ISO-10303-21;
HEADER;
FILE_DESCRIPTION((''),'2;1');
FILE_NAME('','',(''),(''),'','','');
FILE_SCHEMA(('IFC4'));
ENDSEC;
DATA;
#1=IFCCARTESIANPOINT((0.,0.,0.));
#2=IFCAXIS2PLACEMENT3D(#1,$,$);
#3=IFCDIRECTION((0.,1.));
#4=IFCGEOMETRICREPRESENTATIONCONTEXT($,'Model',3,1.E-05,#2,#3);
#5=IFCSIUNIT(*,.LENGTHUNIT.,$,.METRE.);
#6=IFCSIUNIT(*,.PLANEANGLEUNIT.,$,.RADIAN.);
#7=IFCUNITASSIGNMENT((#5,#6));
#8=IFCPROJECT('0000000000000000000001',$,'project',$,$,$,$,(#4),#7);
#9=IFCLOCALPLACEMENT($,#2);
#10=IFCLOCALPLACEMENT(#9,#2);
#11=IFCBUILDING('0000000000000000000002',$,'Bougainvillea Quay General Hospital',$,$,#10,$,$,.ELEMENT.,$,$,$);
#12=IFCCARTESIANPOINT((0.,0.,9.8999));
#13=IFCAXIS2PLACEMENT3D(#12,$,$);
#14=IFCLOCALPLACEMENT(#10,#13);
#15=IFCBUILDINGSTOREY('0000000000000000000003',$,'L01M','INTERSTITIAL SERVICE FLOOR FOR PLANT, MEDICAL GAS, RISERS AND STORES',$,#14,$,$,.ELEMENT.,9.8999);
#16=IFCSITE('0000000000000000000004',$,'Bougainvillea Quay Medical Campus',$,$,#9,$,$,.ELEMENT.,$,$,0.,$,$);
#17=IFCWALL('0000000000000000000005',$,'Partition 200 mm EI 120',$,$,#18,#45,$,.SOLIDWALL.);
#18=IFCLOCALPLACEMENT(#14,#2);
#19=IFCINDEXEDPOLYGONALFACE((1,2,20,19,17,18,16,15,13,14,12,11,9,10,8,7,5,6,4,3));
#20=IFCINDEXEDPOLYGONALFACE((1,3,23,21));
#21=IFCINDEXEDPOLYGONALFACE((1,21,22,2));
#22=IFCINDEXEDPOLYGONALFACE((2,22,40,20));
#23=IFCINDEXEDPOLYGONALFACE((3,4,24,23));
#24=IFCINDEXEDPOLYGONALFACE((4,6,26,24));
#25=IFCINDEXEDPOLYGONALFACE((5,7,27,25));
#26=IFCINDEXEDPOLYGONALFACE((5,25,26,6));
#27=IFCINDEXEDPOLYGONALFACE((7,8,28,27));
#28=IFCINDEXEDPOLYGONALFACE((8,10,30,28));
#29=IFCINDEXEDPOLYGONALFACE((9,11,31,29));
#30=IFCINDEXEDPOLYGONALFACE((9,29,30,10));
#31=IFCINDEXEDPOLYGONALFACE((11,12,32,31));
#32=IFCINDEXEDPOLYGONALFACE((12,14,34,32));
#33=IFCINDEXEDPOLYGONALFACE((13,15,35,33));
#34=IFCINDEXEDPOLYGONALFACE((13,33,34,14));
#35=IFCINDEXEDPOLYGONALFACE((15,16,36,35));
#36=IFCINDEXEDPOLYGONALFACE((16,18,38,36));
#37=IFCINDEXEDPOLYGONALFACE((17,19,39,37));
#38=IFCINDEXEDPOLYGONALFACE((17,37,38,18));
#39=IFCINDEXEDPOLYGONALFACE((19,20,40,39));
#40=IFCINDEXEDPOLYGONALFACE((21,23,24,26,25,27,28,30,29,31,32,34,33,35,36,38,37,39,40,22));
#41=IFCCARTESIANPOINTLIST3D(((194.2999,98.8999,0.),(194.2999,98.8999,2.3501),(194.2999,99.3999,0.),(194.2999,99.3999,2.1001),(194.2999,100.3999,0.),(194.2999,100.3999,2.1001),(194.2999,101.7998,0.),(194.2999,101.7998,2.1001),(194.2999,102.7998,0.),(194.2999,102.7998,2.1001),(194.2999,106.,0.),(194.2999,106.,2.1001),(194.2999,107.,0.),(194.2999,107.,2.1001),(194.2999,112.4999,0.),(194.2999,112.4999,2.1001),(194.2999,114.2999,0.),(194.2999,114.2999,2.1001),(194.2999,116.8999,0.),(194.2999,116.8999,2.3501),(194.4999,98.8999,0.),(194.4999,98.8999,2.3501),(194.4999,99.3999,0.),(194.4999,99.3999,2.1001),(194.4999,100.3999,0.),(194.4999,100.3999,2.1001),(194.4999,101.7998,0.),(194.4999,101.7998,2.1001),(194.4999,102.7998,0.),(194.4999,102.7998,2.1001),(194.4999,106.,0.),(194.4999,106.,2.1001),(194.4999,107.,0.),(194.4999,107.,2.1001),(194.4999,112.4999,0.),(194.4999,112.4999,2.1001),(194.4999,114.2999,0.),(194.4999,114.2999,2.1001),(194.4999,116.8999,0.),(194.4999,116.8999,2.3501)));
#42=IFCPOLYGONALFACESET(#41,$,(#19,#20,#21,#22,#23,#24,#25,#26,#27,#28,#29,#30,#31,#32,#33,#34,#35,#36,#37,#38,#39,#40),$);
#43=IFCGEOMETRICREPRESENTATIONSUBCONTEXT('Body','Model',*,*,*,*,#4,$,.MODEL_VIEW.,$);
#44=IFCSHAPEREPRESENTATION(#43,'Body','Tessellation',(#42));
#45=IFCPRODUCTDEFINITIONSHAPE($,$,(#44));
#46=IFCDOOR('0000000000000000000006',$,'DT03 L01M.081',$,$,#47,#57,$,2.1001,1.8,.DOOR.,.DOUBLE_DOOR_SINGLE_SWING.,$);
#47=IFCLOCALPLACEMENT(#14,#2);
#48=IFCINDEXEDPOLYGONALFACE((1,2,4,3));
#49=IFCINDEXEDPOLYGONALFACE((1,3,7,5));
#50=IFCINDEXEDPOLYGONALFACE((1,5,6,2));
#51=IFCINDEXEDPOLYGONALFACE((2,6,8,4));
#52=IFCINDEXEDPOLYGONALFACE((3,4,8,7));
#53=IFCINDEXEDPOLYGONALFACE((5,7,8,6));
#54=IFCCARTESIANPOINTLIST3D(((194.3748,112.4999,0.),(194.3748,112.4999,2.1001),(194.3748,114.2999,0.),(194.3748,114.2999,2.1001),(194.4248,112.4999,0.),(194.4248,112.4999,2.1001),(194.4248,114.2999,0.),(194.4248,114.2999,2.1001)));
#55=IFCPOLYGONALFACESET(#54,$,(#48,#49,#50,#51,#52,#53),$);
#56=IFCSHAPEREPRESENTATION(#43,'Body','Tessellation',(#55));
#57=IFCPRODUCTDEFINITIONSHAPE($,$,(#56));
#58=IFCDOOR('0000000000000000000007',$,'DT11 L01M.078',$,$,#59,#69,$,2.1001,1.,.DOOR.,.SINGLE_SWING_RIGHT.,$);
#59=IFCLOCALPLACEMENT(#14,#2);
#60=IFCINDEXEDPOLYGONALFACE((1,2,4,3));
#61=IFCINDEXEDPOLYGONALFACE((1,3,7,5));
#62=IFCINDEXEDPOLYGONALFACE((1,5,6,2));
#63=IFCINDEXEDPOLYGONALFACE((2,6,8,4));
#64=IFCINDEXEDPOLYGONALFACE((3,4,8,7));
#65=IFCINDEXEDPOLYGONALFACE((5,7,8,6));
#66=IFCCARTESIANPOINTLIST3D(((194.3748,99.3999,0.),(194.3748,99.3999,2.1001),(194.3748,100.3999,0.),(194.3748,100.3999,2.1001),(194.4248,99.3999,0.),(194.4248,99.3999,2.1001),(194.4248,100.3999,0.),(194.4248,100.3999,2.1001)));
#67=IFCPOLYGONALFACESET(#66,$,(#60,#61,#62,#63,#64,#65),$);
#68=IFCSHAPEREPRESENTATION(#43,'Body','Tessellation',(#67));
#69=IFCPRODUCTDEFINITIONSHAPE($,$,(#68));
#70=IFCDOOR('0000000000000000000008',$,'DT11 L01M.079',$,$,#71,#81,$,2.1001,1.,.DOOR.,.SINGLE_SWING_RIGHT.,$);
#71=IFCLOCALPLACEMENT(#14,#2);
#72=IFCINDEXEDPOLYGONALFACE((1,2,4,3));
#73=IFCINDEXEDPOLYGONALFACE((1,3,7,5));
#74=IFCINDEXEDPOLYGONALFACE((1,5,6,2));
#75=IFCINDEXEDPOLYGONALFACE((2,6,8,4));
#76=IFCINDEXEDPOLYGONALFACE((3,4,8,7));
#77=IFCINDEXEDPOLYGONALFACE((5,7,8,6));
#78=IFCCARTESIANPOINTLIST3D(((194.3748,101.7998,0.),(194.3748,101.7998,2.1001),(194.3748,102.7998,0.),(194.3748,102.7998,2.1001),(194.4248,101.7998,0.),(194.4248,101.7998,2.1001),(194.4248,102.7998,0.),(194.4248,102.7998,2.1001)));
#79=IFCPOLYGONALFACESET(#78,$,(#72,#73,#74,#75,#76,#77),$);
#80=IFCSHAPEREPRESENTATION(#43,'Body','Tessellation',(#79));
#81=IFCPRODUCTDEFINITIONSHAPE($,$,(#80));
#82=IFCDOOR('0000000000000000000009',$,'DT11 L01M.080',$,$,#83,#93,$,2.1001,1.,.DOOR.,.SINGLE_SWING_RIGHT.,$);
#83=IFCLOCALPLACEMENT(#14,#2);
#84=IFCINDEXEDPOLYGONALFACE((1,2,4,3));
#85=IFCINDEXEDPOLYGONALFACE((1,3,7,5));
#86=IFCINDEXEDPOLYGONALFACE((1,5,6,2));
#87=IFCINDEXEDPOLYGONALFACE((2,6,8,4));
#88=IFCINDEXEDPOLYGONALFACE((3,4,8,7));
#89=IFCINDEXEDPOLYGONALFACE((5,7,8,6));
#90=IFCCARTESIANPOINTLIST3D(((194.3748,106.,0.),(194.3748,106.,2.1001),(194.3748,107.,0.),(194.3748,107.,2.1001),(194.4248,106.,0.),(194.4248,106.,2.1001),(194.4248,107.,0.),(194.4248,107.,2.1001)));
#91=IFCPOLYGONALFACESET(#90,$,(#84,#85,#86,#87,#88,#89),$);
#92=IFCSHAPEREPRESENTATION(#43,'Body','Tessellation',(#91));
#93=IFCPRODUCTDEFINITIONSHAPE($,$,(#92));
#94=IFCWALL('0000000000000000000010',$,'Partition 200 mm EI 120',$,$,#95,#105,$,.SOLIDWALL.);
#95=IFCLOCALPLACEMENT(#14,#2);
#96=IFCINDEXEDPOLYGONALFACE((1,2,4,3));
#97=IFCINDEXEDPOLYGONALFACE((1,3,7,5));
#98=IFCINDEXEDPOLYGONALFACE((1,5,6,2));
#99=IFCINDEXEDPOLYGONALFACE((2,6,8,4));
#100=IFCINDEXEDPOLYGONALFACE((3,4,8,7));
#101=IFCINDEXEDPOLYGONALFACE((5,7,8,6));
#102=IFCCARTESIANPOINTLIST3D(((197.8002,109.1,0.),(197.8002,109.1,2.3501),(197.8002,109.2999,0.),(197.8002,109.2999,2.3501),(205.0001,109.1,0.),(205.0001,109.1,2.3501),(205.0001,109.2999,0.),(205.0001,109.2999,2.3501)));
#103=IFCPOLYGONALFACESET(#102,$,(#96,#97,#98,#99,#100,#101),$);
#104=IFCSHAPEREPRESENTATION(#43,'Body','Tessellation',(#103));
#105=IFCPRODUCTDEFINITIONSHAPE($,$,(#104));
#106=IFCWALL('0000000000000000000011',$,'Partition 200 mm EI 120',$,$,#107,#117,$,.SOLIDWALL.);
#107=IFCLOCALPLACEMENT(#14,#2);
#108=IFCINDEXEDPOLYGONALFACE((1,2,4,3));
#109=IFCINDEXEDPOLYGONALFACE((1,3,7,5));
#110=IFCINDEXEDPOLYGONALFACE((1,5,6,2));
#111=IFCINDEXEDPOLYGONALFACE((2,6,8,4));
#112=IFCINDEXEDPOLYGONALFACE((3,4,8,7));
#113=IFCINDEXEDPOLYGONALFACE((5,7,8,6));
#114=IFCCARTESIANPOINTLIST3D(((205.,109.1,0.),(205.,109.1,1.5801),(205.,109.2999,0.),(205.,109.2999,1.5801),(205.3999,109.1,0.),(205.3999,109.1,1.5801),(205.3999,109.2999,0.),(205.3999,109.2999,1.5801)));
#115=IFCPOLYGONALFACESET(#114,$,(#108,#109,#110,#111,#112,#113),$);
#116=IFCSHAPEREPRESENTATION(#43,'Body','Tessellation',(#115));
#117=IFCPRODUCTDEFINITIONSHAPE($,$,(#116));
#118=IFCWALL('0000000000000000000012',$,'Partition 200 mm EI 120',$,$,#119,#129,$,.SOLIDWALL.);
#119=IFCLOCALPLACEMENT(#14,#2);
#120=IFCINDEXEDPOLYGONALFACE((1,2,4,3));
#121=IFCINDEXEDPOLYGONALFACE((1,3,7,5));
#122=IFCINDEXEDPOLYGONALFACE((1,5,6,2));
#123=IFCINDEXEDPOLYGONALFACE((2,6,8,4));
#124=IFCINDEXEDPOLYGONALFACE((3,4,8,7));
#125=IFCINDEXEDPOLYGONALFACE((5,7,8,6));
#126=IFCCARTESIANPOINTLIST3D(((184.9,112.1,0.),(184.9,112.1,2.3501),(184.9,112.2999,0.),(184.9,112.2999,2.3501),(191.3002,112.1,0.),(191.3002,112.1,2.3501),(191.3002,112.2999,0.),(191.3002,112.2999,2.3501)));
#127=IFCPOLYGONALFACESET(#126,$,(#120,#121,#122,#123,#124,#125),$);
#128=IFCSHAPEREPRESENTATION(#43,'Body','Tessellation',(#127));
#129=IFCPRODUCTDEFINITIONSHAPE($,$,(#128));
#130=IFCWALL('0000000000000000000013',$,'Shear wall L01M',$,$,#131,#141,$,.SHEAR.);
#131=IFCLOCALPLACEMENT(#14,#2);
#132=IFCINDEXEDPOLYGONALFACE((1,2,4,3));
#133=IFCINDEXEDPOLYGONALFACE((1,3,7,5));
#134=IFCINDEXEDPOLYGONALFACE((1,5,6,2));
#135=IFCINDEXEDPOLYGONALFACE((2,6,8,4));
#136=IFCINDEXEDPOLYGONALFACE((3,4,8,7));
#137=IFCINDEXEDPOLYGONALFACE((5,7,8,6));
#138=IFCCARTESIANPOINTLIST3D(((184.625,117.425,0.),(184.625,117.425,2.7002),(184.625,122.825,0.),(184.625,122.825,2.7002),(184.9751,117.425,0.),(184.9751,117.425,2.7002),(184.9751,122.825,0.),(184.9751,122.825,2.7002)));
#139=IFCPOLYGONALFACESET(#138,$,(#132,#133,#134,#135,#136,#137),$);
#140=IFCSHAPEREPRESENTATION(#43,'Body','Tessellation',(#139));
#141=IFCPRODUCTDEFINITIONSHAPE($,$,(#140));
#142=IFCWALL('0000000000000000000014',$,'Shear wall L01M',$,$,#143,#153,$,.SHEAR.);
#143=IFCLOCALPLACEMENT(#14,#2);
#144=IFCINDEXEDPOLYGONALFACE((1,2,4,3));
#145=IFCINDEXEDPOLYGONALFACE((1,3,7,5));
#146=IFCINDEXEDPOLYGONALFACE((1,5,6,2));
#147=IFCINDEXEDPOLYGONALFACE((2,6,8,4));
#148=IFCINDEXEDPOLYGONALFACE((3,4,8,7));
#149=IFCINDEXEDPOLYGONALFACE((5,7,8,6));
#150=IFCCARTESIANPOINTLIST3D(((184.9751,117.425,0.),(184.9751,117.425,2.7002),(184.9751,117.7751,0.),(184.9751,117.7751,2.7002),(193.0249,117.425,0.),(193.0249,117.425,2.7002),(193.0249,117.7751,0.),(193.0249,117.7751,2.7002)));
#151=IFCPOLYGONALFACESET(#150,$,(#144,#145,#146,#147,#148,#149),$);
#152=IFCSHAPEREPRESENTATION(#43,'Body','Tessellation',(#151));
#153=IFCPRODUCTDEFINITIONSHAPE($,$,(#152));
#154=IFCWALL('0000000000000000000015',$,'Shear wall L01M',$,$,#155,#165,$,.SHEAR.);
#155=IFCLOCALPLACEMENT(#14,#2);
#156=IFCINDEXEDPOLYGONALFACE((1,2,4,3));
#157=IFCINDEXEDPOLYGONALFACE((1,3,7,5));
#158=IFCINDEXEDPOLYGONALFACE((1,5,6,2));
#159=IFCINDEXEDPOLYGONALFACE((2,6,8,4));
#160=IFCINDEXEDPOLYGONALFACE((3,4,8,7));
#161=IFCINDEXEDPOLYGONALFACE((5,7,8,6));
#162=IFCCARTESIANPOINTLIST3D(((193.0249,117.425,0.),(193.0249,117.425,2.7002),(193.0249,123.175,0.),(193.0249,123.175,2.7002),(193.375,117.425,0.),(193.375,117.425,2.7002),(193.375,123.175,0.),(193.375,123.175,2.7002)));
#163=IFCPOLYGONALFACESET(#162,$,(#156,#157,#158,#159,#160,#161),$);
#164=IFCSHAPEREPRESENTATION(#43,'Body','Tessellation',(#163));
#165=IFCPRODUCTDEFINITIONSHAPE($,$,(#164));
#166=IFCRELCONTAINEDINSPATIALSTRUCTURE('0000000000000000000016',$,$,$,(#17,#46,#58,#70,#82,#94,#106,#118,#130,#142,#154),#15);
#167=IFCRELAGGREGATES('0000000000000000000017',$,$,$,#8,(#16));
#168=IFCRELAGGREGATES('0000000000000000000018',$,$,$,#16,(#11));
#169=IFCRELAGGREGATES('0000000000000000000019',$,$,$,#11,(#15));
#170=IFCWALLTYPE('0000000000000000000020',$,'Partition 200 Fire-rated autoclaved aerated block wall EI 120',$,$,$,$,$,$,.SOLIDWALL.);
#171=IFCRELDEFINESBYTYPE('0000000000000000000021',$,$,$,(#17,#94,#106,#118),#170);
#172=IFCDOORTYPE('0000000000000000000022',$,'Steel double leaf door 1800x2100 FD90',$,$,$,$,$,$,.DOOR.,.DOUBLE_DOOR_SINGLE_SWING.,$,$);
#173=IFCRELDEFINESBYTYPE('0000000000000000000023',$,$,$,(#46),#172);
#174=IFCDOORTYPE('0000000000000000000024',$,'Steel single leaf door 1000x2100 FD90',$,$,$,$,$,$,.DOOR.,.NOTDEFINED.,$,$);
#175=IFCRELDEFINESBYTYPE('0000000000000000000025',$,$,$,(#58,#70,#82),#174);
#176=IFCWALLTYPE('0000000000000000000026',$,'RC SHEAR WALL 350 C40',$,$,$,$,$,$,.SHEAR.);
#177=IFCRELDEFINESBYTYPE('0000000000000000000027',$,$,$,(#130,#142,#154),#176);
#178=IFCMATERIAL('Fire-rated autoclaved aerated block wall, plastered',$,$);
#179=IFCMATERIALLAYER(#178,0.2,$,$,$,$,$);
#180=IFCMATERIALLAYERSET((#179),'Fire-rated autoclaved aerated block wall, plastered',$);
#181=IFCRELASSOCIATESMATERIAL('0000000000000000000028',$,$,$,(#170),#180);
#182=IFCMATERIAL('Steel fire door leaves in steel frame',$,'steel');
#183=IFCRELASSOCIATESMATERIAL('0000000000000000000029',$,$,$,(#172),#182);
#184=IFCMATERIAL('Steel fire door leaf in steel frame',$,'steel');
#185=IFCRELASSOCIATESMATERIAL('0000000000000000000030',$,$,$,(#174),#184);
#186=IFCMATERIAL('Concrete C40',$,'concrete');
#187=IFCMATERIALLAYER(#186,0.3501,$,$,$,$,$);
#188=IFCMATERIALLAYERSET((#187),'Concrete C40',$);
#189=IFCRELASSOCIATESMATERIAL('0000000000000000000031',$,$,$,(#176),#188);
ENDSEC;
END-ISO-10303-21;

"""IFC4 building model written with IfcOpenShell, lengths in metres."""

from ifc_helpers import new_model, si_unit, direction, frame, frame_2d, origin, place, context, subcontext, project, spatial, rectangle, extrude, material, layer, layer_set, type_object, element, fill, save


model = new_model("IFC4")

# Units and contexts
model_context = context("Model", 3, precision=1e-05, world=origin(), true_north=direction((0.0, 1.0)))
body_context = subcontext(model_context, "Body", "Model", "MODEL_VIEW")
ifc_project = project(units=[si_unit("LENGTHUNIT", "METRE"), si_unit("PLANEANGLEUNIT", "RADIAN")], contexts=[model_context])

# Site, building, storey
site_placement = place(None, origin())
site = spatial("IfcSite", under=ifc_project, at=site_placement, Name="Bougainvillea Quay Medical Campus", CompositionType="ELEMENT", RefElevation=0.0)
building_placement = place(site_placement, origin())
building = spatial("IfcBuilding", under=site, at=building_placement, Name="Bougainvillea Quay General Hospital", CompositionType="ELEMENT")
storey_placement = place(building_placement, frame((0.0, 0.0, 9.8999)))
storey = spatial("IfcBuildingStorey", under=building, at=storey_placement, Name="L01M", Description="INTERSTITIAL SERVICE FLOOR FOR PLANT, MEDICAL GAS, RISERS AND STORES", CompositionType="ELEMENT", Elevation=9.8999)

# Shared definitions
ifc_material_1 = material(Name="Concrete C40", Category="concrete")

# Shared definitions
ifc_material_2 = material(Name="Fire-rated autoclaved aerated block wall, plastered")
ifc_layer_1 = layer(ifc_material_2, 0.2)
ifc_layer_set_1 = layer_set([ifc_layer_1], Name="Fire-rated autoclaved aerated block wall, plastered")
wall_type_1 = type_object("IfcWallType", Name="Partition 200 Fire-rated autoclaved aerated block wall EI 120", PredefinedType="SOLIDWALL", material=ifc_layer_set_1)

# Wall, openings, doors
wall_1_placement = place(storey_placement, frame((194.3999, 116.8999, 0.0), z_axis=(0.0, 0.0, 1.0), x_axis=(0.0, -1.0, 0.0)))
wall_1 = element("IfcWall", 1, at=wall_1_placement, inside=storey, type_object=wall_type_1, Name="Partition 200 mm EI 120", PredefinedType="SOLIDWALL", context=body_context, shape_type="SweptSolid", body=[
    extrude(rectangle(XDim=18.0, YDim=0.2, at=frame_2d((9.0, 0.0))), origin(), (0.0, 0.0, 1.0), 2.3501),
])
opening_1_placement = place(wall_1_placement, frame((16.5, 0.0, 0.0)))
opening_1 = element("IfcOpeningElement", 2, at=opening_1_placement, cuts=wall_1, PredefinedType="OPENING", context=body_context, shape_type="SweptSolid", body=[
    extrude(rectangle(XDim=1.0, YDim=2.1001, at=frame_2d((0.5, 1.05))), frame((0.0, 0.1099, 0.0), z_axis=(0.0, -1.0, 0.0), x_axis=(1.0, 0.0, 0.0)), (0.0, 0.0, 1.0), 0.22),
])
opening_2_placement = place(wall_1_placement, frame((14.1001, 0.0, 0.0)))
opening_2 = element("IfcOpeningElement", 3, at=opening_2_placement, cuts=wall_1, PredefinedType="OPENING", context=body_context, shape_type="SweptSolid", body=[
    extrude(rectangle(XDim=1.0, YDim=2.1001, at=frame_2d((0.5, 1.05))), frame((0.0, 0.1099, 0.0), z_axis=(0.0, -1.0, 0.0), x_axis=(1.0, 0.0, 0.0)), (0.0, 0.0, 1.0), 0.22),
])
opening_3_placement = place(wall_1_placement, frame((9.8999, 0.0, 0.0)))
opening_3 = element("IfcOpeningElement", 4, at=opening_3_placement, cuts=wall_1, PredefinedType="OPENING", context=body_context, shape_type="SweptSolid", body=[
    extrude(rectangle(XDim=1.0, YDim=2.1001, at=frame_2d((0.5, 1.05))), frame((0.0, 0.1099, 0.0), z_axis=(0.0, -1.0, 0.0), x_axis=(1.0, 0.0, 0.0)), (0.0, 0.0, 1.0), 0.22),
])
opening_4_placement = place(wall_1_placement, frame((2.6001, 0.0, 0.0)))
opening_4 = element("IfcOpeningElement", 5, at=opening_4_placement, cuts=wall_1, PredefinedType="OPENING", context=body_context, shape_type="SweptSolid", body=[
    extrude(rectangle(XDim=1.8, YDim=2.1001, at=frame_2d((0.8999, 1.05))), frame((0.0, 0.1099, 0.0), z_axis=(0.0, -1.0, 0.0), x_axis=(1.0, 0.0, 0.0)), (0.0, 0.0, 1.0), 0.22),
])
ifc_material_3 = material(Name="Steel fire door leaves in steel frame", Category="steel")
door_type_1 = type_object("IfcDoorType", Name="Steel double leaf door 1800x2100 FD90", OperationType="DOUBLE_DOOR_SINGLE_SWING", PredefinedType="DOOR", material=ifc_material_3)
door_1_placement = place(opening_4_placement, origin())
door_1 = element("IfcDoor", 6, at=door_1_placement, inside=storey, type_object=door_type_1, Name="DT03 L01M.081", OperationType="DOUBLE_DOOR_SINGLE_SWING", OverallHeight=2.1001, OverallWidth=1.8, PredefinedType="DOOR", context=body_context, shape_type="SweptSolid", body=[
    extrude(rectangle(XDim=1.8, YDim=2.1001, at=frame_2d((0.8999, 1.05))), frame((0.0, 0.0249, 0.0), z_axis=(0.0, -1.0, 0.0), x_axis=(1.0, 0.0, 0.0)), (0.0, 0.0, 1.0), 0.05),
])
fill(opening_4, door_1)
ifc_material_4 = material(Name="Steel fire door leaf in steel frame", Category="steel")
door_type_2 = type_object("IfcDoorType", Name="Steel single leaf door 1000x2100 FD90", OperationType="NOTDEFINED", PredefinedType="DOOR", material=ifc_material_4)
door_2_placement = place(opening_1_placement, origin())
door_2 = element("IfcDoor", 7, at=door_2_placement, inside=storey, type_object=door_type_2, Name="DT11 L01M.078", OperationType="SINGLE_SWING_RIGHT", OverallHeight=2.1001, OverallWidth=1.0, PredefinedType="DOOR", context=body_context, shape_type="SweptSolid", body=[
    extrude(rectangle(XDim=1.0, YDim=2.1001, at=frame_2d((0.5, 1.05))), frame((0.0, 0.0249, 0.0), z_axis=(0.0, -1.0, 0.0), x_axis=(1.0, 0.0, 0.0)), (0.0, 0.0, 1.0), 0.05),
])
fill(opening_1, door_2)
door_3_placement = place(opening_2_placement, origin())
door_3 = element("IfcDoor", 8, at=door_3_placement, inside=storey, type_object=door_type_2, Name="DT11 L01M.079", OperationType="SINGLE_SWING_RIGHT", OverallHeight=2.1001, OverallWidth=1.0, PredefinedType="DOOR", context=body_context, shape_type="SweptSolid", body=[
    extrude(rectangle(XDim=1.0, YDim=2.1001, at=frame_2d((0.5, 1.05))), frame((0.0, 0.0249, 0.0), z_axis=(0.0, -1.0, 0.0), x_axis=(1.0, 0.0, 0.0)), (0.0, 0.0, 1.0), 0.05),
])
fill(opening_2, door_3)
door_4_placement = place(opening_3_placement, origin())
door_4 = element("IfcDoor", 9, at=door_4_placement, inside=storey, type_object=door_type_2, Name="DT11 L01M.080", OperationType="SINGLE_SWING_RIGHT", OverallHeight=2.1001, OverallWidth=1.0, PredefinedType="DOOR", context=body_context, shape_type="SweptSolid", body=[
    extrude(rectangle(XDim=1.0, YDim=2.1001, at=frame_2d((0.5, 1.05))), frame((0.0, 0.0249, 0.0), z_axis=(0.0, -1.0, 0.0), x_axis=(1.0, 0.0, 0.0)), (0.0, 0.0, 1.0), 0.05),
])
fill(opening_3, door_4)

# Walls
wall_2_placement = place(storey_placement, frame((197.8, 109.2, 0.0), z_axis=(0.0, 0.0, 1.0), x_axis=(1.0, 0.0, 0.0)))
element("IfcWall", 10, at=wall_2_placement, inside=storey, type_object=wall_type_1, Name="Partition 200 mm EI 120", PredefinedType="SOLIDWALL", context=body_context, shape_type="SweptSolid", body=[
    extrude(rectangle(XDim=7.2, YDim=0.2, at=frame_2d((3.6001, 0.0))), origin(), (0.0, 0.0, 1.0), 2.3501),
])
wall_3_placement = place(storey_placement, frame((205.0, 109.2, 0.0), z_axis=(0.0, 0.0, 1.0), x_axis=(1.0, 0.0, 0.0)))
element("IfcWall", 11, at=wall_3_placement, inside=storey, type_object=wall_type_1, Name="Partition 200 mm EI 120", PredefinedType="SOLIDWALL", context=body_context, shape_type="SweptSolid", body=[
    extrude(rectangle(XDim=0.3999, YDim=0.2, at=frame_2d((0.2, 0.0))), origin(), (0.0, 0.0, 1.0), 1.5801),
])
wall_4_placement = place(storey_placement, frame((184.8999, 112.2, 0.0), z_axis=(0.0, 0.0, 1.0), x_axis=(1.0, 0.0, 0.0)))
element("IfcWall", 12, at=wall_4_placement, inside=storey, type_object=wall_type_1, Name="Partition 200 mm EI 120", PredefinedType="SOLIDWALL", context=body_context, shape_type="SweptSolid", body=[
    extrude(rectangle(XDim=6.4001, YDim=0.2, at=frame_2d((3.2002, 0.0))), origin(), (0.0, 0.0, 1.0), 2.3501),
])
ifc_layer_2 = layer(ifc_material_1, 0.3501)
ifc_layer_set_2 = layer_set([ifc_layer_2], Name="Concrete C40")
wall_type_2 = type_object("IfcWallType", Name="RC SHEAR WALL 350 C40", PredefinedType="SHEAR", material=ifc_layer_set_2)
wall_5_placement = place(storey_placement, frame((184.8, 117.425, 0.0), z_axis=(0.0, 0.0, 1.0), x_axis=(0.0, 1.0, 0.0)))
element("IfcWall", 13, at=wall_5_placement, inside=storey, type_object=wall_type_2, Name="Shear wall L01M", PredefinedType="SHEAR", context=body_context, shape_type="SweptSolid", body=[
    extrude(rectangle(XDim=5.3999, YDim=0.3501, at=frame_2d((2.7, 0.0))), origin(), (0.0, 0.0, 1.0), 2.7002),
])
wall_6_placement = place(storey_placement, frame((184.9751, 117.6001, 0.0), z_axis=(0.0, 0.0, 1.0), x_axis=(1.0, 0.0, 0.0)))
element("IfcWall", 14, at=wall_6_placement, inside=storey, type_object=wall_type_2, Name="Shear wall L01M", PredefinedType="SHEAR", context=body_context, shape_type="SweptSolid", body=[
    extrude(rectangle(XDim=8.0498, YDim=0.3501, at=frame_2d((4.0249, 0.0))), origin(), (0.0, 0.0, 1.0), 2.7002),
])
wall_7_placement = place(storey_placement, frame((193.2, 117.425, 0.0), z_axis=(0.0, 0.0, 1.0), x_axis=(0.0, 1.0, 0.0)))
element("IfcWall", 15, at=wall_7_placement, inside=storey, type_object=wall_type_2, Name="Shear wall L01M", PredefinedType="SHEAR", context=body_context, shape_type="SweptSolid", body=[
    extrude(rectangle(XDim=5.75, YDim=0.3501, at=frame_2d((2.875, 0.0))), origin(), (0.0, 0.0, 1.0), 2.7002),
])

save(model, "model.ifc")
